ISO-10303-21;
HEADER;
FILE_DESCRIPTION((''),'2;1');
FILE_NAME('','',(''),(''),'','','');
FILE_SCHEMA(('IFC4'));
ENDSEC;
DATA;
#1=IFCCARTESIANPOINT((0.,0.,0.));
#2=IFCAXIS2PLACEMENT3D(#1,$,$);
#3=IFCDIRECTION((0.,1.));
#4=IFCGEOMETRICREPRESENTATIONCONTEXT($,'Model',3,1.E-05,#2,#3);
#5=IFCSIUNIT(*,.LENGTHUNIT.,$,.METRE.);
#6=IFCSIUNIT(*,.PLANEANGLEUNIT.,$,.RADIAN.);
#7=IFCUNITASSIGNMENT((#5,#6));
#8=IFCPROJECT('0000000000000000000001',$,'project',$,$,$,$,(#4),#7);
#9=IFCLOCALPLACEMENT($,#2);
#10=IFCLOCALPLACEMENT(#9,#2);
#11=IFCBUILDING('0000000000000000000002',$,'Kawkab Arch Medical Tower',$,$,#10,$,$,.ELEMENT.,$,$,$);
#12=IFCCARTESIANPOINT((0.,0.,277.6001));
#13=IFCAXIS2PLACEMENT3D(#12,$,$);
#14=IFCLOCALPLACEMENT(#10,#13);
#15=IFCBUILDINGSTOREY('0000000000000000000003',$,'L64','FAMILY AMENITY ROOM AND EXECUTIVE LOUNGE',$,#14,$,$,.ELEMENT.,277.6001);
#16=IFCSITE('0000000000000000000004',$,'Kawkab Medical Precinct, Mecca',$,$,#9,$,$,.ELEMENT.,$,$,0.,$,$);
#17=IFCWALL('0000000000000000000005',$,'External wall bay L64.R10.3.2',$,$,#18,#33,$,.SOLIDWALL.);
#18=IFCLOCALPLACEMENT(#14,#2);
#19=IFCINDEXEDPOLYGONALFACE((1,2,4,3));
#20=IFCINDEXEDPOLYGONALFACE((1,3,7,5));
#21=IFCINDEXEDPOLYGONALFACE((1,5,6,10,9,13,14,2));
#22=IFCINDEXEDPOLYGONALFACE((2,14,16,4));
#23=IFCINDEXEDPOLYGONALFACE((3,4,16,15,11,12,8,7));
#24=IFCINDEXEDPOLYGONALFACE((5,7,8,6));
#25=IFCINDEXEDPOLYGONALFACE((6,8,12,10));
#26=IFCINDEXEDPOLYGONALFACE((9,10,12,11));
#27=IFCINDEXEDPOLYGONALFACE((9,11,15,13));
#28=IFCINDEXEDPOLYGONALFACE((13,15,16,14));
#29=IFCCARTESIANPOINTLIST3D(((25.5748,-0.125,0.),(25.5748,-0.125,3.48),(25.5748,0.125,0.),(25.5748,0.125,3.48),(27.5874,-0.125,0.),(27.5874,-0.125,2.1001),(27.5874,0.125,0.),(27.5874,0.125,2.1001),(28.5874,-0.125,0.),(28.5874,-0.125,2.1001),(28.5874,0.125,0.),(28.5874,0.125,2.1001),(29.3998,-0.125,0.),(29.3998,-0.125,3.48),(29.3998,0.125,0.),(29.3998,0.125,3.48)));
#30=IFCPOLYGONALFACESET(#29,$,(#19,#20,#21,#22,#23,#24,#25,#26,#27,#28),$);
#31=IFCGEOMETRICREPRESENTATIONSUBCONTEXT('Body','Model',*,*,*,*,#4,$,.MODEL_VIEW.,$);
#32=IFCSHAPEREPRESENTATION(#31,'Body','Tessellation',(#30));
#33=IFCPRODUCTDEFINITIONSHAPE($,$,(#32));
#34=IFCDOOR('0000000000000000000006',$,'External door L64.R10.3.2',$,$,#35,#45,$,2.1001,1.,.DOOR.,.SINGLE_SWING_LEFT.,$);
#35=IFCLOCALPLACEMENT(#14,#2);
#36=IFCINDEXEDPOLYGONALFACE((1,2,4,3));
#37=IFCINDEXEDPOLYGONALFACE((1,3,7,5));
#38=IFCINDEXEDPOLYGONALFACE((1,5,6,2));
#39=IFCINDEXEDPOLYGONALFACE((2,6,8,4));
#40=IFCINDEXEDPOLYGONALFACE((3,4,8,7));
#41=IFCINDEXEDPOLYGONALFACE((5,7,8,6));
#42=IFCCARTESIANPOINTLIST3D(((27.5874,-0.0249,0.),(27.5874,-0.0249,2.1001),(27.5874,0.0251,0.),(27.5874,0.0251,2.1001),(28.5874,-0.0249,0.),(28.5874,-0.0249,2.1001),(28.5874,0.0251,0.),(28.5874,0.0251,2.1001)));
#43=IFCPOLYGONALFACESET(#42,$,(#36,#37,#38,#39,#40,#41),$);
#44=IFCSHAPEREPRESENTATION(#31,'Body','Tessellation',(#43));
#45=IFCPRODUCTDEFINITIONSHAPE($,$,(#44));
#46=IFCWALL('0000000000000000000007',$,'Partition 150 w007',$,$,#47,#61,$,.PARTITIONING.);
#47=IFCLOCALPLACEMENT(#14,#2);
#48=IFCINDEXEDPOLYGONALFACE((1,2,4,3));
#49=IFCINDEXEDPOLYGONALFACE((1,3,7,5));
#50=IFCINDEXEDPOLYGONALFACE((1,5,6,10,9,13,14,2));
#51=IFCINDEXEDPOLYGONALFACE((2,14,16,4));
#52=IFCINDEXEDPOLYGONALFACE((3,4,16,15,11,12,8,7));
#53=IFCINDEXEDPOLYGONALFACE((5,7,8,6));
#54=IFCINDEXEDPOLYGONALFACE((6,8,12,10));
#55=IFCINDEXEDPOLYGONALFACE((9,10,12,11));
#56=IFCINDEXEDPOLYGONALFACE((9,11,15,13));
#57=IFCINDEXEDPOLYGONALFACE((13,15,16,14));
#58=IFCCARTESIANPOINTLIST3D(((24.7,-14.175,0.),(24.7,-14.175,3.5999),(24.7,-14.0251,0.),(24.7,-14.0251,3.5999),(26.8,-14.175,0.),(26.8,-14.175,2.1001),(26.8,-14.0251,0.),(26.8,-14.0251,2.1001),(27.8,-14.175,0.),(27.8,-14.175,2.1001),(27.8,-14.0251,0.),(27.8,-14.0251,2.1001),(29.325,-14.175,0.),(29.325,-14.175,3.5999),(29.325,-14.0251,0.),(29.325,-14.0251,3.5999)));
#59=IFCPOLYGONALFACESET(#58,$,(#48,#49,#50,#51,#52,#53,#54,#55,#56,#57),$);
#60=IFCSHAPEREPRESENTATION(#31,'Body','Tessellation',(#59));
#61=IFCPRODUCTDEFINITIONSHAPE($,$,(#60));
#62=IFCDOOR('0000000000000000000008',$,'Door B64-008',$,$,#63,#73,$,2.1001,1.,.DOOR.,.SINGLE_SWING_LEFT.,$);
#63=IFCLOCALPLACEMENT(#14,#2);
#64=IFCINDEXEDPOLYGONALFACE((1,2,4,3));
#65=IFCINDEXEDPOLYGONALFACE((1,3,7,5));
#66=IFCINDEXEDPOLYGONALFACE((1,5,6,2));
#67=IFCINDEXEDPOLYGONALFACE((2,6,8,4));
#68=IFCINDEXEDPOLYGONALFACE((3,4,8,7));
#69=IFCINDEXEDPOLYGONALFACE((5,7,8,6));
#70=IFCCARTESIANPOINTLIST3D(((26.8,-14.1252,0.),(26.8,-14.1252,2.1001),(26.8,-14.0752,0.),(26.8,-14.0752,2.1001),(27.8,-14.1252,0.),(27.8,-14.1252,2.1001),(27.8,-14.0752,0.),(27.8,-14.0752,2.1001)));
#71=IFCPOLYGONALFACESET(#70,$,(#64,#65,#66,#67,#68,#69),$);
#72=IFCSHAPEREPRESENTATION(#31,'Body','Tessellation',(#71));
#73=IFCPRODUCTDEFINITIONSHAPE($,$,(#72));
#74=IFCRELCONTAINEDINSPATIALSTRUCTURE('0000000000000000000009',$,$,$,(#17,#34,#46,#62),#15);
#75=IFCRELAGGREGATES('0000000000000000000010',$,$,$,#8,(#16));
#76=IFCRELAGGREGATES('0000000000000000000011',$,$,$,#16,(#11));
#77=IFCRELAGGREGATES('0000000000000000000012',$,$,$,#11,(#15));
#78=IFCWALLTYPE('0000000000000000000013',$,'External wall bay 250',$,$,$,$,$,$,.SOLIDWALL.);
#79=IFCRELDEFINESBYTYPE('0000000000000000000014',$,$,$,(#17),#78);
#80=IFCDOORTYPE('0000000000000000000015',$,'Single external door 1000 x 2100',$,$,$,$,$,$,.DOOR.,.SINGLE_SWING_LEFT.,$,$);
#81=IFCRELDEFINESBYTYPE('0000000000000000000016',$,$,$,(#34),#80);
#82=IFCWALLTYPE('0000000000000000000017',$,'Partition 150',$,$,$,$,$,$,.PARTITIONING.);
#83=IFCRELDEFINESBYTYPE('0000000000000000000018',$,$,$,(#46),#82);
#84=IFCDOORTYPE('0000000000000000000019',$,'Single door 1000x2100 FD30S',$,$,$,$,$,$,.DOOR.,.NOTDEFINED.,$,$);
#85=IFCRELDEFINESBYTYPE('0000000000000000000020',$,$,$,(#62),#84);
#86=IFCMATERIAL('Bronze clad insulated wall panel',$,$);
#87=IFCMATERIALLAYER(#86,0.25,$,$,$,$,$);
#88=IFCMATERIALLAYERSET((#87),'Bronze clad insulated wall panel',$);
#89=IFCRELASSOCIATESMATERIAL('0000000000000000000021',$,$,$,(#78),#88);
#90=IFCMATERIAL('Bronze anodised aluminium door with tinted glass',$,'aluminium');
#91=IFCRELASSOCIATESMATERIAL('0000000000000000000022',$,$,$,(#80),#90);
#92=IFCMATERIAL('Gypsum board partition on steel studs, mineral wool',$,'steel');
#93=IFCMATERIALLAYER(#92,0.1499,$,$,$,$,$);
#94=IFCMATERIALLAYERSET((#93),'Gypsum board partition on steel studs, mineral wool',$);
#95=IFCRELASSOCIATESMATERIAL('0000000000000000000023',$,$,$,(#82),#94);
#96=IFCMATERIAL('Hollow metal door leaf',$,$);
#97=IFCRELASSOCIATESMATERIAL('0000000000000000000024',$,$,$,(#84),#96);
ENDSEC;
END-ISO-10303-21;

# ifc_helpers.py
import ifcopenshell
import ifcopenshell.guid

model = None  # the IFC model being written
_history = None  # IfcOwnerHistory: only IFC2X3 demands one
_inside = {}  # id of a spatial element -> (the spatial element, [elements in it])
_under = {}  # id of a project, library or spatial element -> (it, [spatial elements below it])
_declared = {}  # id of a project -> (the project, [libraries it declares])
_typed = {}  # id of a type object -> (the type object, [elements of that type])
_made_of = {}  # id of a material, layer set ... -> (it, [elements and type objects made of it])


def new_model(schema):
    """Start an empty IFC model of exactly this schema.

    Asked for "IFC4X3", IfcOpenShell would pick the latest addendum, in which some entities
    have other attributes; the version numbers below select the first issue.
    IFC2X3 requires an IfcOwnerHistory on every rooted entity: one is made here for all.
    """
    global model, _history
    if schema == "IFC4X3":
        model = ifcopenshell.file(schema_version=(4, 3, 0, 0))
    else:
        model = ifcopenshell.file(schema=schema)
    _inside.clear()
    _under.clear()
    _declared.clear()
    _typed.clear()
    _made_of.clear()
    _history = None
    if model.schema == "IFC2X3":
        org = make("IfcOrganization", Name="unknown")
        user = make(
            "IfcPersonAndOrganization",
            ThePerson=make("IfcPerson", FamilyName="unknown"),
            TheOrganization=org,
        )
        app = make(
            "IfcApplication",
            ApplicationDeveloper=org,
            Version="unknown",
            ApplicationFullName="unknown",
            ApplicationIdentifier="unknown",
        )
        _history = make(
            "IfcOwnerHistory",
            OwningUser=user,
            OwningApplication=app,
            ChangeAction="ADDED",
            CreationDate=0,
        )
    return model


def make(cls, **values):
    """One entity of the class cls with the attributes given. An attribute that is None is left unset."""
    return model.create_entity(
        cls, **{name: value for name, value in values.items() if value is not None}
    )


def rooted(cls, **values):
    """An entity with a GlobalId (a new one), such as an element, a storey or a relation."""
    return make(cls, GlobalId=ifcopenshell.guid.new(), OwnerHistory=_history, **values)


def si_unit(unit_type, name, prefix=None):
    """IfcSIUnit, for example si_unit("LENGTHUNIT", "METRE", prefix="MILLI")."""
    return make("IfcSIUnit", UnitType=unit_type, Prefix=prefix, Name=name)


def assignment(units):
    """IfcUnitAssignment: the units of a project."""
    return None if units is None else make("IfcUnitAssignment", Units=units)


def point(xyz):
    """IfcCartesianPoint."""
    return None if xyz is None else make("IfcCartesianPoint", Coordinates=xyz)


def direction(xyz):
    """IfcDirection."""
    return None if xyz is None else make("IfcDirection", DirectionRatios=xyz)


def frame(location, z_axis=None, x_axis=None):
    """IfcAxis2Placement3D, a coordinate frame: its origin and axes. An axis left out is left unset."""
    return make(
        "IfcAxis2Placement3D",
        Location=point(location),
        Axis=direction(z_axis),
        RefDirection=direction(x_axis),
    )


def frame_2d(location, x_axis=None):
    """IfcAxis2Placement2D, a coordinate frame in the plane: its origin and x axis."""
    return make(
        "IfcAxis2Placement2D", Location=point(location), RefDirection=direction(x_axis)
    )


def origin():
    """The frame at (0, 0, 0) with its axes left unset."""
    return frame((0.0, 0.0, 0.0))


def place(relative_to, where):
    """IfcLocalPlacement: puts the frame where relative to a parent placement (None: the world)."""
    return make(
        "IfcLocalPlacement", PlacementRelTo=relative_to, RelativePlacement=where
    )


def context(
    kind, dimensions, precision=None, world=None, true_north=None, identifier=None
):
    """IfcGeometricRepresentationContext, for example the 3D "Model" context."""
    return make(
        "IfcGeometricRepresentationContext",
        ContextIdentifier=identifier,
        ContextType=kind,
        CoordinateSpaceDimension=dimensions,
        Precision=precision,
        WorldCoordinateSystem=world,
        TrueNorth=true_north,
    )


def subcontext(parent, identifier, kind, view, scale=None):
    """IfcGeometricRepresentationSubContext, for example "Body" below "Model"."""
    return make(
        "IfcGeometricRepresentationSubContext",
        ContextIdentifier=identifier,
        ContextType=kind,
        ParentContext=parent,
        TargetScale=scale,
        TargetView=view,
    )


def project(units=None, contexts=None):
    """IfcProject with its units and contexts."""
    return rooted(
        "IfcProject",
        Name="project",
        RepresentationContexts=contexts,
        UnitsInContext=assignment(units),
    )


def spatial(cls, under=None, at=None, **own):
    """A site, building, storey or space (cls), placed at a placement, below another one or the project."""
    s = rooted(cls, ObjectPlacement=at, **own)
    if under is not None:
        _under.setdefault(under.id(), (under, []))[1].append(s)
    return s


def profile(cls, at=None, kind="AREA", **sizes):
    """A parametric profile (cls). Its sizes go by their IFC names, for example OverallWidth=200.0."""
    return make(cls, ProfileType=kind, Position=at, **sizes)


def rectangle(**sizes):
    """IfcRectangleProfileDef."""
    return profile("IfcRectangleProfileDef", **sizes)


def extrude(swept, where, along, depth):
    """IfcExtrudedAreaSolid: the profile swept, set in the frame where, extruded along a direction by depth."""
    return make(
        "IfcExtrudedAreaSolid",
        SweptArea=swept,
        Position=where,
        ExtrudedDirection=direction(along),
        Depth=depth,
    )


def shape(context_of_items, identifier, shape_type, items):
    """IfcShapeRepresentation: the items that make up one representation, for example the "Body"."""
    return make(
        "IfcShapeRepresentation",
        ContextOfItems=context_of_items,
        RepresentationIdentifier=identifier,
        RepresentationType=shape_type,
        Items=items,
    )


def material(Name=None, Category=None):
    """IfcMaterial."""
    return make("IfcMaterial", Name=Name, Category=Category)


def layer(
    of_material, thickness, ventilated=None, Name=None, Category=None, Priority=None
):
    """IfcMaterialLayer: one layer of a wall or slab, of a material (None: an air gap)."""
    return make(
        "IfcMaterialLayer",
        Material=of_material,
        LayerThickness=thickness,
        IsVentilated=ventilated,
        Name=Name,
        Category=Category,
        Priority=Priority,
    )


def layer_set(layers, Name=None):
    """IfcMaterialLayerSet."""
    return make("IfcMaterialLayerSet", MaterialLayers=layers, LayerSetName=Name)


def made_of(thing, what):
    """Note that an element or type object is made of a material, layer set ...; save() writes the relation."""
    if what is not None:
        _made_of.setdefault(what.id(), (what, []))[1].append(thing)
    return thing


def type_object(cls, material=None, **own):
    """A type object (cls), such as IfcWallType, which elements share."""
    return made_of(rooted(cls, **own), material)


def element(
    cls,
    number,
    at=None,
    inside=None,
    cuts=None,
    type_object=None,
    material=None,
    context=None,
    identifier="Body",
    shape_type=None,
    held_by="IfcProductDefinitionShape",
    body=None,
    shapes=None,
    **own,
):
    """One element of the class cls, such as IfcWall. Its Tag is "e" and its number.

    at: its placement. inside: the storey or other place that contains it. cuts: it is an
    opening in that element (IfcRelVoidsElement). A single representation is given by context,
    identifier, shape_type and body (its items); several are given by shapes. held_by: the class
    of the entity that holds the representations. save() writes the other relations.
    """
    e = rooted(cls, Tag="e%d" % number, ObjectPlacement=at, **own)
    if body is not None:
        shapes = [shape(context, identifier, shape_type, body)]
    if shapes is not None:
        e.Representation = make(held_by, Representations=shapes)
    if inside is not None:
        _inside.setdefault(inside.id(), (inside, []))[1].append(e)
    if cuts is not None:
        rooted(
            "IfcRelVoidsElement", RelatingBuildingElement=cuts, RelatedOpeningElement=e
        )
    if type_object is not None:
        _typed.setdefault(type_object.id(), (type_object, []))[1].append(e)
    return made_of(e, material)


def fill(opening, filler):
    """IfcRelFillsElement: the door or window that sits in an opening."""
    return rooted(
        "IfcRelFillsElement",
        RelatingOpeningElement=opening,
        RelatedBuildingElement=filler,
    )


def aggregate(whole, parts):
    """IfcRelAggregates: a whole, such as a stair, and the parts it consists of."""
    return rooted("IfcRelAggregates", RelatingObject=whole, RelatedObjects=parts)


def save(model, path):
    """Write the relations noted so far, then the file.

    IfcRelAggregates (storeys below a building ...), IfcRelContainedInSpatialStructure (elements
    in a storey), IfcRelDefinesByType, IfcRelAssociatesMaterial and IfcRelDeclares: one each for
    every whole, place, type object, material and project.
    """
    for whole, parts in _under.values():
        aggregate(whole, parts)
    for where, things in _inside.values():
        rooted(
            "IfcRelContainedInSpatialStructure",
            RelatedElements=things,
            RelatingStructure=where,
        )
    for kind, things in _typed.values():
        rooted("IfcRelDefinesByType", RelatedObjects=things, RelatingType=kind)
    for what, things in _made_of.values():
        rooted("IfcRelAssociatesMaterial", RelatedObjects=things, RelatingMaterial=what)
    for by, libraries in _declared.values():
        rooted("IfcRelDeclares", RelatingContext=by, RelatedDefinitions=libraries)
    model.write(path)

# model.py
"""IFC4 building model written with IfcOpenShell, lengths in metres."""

from ifc_helpers import new_model, si_unit, direction, frame, frame_2d, origin, place, context, subcontext, project, spatial, rectangle, extrude, material, layer, layer_set, type_object, element, fill, save


model = new_model("IFC4")

# Units and contexts
model_context = context("Model", 3, precision=1e-05, world=origin(), true_north=direction((0.0, 1.0)))
body_context = subcontext(model_context, "Body", "Model", "MODEL_VIEW")
ifc_project = project(units=[si_unit("LENGTHUNIT", "METRE"), si_unit("PLANEANGLEUNIT", "RADIAN")], contexts=[model_context])

# Site, building, storey
site_placement = place(None, origin())
site = spatial("IfcSite", under=ifc_project, at=site_placement, Name="Kawkab Medical Precinct, Mecca", CompositionType="ELEMENT", RefElevation=0.0)
building_placement = place(site_placement, origin())
building = spatial("IfcBuilding", under=site, at=building_placement, Name="Kawkab Arch Medical Tower", CompositionType="ELEMENT")
storey_placement = place(building_placement, frame((0.0, 0.0, 277.6001)))
storey = spatial("IfcBuildingStorey", under=building, at=storey_placement, Name="L64", Description="FAMILY AMENITY ROOM AND EXECUTIVE LOUNGE", CompositionType="ELEMENT", Elevation=277.6001)

# Walls, openings, doors
ifc_material_1 = material(Name="Bronze clad insulated wall panel")
ifc_layer_1 = layer(ifc_material_1, 0.25)
ifc_layer_set_1 = layer_set([ifc_layer_1], Name="Bronze clad insulated wall panel")
wall_type_1 = type_object("IfcWallType", Name="External wall bay 250", PredefinedType="SOLIDWALL", material=ifc_layer_set_1)
wall_1_placement = place(storey_placement, frame((29.3999, 0.0, 0.0), z_axis=(0.0, 0.0, 1.0), x_axis=(-1.0, 0.0, 0.0)))
wall_1 = element("IfcWall", 1, at=wall_1_placement, inside=storey, type_object=wall_type_1, Name="External wall bay L64.R10.3.2", PredefinedType="SOLIDWALL", context=body_context, shape_type="SweptSolid", body=[
    extrude(rectangle(XDim=3.825, YDim=0.25, at=frame_2d((1.9126, 0.0))), origin(), (0.0, 0.0, 1.0), 3.48),
])
opening_1_placement = place(wall_1_placement, frame((0.8125, 0.0, 0.0)))
opening_1 = element("IfcOpeningElement", 2, at=opening_1_placement, cuts=wall_1, PredefinedType="OPENING", context=body_context, shape_type="SweptSolid", body=[
    extrude(rectangle(XDim=1.0, YDim=2.1001, at=frame_2d((0.5, 1.05))), frame((0.0, 0.135, 0.0), z_axis=(0.0, -1.0, 0.0), x_axis=(1.0, 0.0, 0.0)), (0.0, 0.0, 1.0), 0.27),
])
ifc_material_2 = material(Name="Bronze anodised aluminium door with tinted glass", Category="aluminium")
door_type_1 = type_object("IfcDoorType", Name="Single external door 1000 x 2100", OperationType="SINGLE_SWING_LEFT", PredefinedType="DOOR", material=ifc_material_2)
door_1_placement = place(opening_1_placement, origin())
door_1 = element("IfcDoor", 3, at=door_1_placement, inside=storey, type_object=door_type_1, Name="External door L64.R10.3.2", OperationType="SINGLE_SWING_LEFT", OverallHeight=2.1001, OverallWidth=1.0, PredefinedType="DOOR", context=body_context, shape_type="SweptSolid", body=[
    extrude(rectangle(XDim=1.0, YDim=2.1001, at=frame_2d((0.5, 1.05))), frame((0.0, 0.0249, 0.0), z_axis=(0.0, -1.0, 0.0), x_axis=(1.0, 0.0, 0.0)), (0.0, 0.0, 1.0), 0.05),
])
fill(opening_1, door_1)
ifc_material_3 = material(Name="Gypsum board partition on steel studs, mineral wool", Category="steel")
ifc_layer_2 = layer(ifc_material_3, 0.1499)
ifc_layer_set_2 = layer_set([ifc_layer_2], Name="Gypsum board partition on steel studs, mineral wool")
wall_type_2 = type_object("IfcWallType", Name="Partition 150", PredefinedType="PARTITIONING", material=ifc_layer_set_2)
wall_2_placement = place(storey_placement, frame((24.7, -14.1001, 0.0), z_axis=(0.0, 0.0, 1.0), x_axis=(1.0, 0.0, 0.0)))
wall_2 = element("IfcWall", 4, at=wall_2_placement, inside=storey, type_object=wall_type_2, Name="Partition 150 w007", PredefinedType="PARTITIONING", context=body_context, shape_type="SweptSolid", body=[
    extrude(rectangle(XDim=4.625, YDim=0.1499, at=frame_2d((2.3125, 0.0))), origin(), (0.0, 0.0, 1.0), 3.5999),
])
opening_2_placement = place(wall_2_placement, frame((2.1001, 0.0, 0.0)))
opening_2 = element("IfcOpeningElement", 5, at=opening_2_placement, cuts=wall_2, PredefinedType="OPENING", context=body_context, shape_type="SweptSolid", body=[
    extrude(rectangle(XDim=1.0, YDim=2.1001, at=frame_2d((0.5, 1.05))), frame((0.0, 0.085, 0.0), z_axis=(0.0, -1.0, 0.0), x_axis=(1.0, 0.0, 0.0)), (0.0, 0.0, 1.0), 0.1699),
])
ifc_material_4 = material(Name="Hollow metal door leaf")
door_type_2 = type_object("IfcDoorType", Name="Single door 1000x2100 FD30S", OperationType="NOTDEFINED", PredefinedType="DOOR", material=ifc_material_4)
door_2_placement = place(opening_2_placement, origin())
door_2 = element("IfcDoor", 6, at=door_2_placement, inside=storey, type_object=door_type_2, Name="Door B64-008", OperationType="SINGLE_SWING_LEFT", OverallHeight=2.1001, OverallWidth=1.0, PredefinedType="DOOR", context=body_context, shape_type="SweptSolid", body=[
    extrude(rectangle(XDim=1.0, YDim=2.1001, at=frame_2d((0.5, 1.05))), frame((0.0, 0.0249, 0.0), z_axis=(0.0, -1.0, 0.0), x_axis=(1.0, 0.0, 0.0)), (0.0, 0.0, 1.0), 0.05),
])
fill(opening_2, door_2)

save(model, "model.ifc")
